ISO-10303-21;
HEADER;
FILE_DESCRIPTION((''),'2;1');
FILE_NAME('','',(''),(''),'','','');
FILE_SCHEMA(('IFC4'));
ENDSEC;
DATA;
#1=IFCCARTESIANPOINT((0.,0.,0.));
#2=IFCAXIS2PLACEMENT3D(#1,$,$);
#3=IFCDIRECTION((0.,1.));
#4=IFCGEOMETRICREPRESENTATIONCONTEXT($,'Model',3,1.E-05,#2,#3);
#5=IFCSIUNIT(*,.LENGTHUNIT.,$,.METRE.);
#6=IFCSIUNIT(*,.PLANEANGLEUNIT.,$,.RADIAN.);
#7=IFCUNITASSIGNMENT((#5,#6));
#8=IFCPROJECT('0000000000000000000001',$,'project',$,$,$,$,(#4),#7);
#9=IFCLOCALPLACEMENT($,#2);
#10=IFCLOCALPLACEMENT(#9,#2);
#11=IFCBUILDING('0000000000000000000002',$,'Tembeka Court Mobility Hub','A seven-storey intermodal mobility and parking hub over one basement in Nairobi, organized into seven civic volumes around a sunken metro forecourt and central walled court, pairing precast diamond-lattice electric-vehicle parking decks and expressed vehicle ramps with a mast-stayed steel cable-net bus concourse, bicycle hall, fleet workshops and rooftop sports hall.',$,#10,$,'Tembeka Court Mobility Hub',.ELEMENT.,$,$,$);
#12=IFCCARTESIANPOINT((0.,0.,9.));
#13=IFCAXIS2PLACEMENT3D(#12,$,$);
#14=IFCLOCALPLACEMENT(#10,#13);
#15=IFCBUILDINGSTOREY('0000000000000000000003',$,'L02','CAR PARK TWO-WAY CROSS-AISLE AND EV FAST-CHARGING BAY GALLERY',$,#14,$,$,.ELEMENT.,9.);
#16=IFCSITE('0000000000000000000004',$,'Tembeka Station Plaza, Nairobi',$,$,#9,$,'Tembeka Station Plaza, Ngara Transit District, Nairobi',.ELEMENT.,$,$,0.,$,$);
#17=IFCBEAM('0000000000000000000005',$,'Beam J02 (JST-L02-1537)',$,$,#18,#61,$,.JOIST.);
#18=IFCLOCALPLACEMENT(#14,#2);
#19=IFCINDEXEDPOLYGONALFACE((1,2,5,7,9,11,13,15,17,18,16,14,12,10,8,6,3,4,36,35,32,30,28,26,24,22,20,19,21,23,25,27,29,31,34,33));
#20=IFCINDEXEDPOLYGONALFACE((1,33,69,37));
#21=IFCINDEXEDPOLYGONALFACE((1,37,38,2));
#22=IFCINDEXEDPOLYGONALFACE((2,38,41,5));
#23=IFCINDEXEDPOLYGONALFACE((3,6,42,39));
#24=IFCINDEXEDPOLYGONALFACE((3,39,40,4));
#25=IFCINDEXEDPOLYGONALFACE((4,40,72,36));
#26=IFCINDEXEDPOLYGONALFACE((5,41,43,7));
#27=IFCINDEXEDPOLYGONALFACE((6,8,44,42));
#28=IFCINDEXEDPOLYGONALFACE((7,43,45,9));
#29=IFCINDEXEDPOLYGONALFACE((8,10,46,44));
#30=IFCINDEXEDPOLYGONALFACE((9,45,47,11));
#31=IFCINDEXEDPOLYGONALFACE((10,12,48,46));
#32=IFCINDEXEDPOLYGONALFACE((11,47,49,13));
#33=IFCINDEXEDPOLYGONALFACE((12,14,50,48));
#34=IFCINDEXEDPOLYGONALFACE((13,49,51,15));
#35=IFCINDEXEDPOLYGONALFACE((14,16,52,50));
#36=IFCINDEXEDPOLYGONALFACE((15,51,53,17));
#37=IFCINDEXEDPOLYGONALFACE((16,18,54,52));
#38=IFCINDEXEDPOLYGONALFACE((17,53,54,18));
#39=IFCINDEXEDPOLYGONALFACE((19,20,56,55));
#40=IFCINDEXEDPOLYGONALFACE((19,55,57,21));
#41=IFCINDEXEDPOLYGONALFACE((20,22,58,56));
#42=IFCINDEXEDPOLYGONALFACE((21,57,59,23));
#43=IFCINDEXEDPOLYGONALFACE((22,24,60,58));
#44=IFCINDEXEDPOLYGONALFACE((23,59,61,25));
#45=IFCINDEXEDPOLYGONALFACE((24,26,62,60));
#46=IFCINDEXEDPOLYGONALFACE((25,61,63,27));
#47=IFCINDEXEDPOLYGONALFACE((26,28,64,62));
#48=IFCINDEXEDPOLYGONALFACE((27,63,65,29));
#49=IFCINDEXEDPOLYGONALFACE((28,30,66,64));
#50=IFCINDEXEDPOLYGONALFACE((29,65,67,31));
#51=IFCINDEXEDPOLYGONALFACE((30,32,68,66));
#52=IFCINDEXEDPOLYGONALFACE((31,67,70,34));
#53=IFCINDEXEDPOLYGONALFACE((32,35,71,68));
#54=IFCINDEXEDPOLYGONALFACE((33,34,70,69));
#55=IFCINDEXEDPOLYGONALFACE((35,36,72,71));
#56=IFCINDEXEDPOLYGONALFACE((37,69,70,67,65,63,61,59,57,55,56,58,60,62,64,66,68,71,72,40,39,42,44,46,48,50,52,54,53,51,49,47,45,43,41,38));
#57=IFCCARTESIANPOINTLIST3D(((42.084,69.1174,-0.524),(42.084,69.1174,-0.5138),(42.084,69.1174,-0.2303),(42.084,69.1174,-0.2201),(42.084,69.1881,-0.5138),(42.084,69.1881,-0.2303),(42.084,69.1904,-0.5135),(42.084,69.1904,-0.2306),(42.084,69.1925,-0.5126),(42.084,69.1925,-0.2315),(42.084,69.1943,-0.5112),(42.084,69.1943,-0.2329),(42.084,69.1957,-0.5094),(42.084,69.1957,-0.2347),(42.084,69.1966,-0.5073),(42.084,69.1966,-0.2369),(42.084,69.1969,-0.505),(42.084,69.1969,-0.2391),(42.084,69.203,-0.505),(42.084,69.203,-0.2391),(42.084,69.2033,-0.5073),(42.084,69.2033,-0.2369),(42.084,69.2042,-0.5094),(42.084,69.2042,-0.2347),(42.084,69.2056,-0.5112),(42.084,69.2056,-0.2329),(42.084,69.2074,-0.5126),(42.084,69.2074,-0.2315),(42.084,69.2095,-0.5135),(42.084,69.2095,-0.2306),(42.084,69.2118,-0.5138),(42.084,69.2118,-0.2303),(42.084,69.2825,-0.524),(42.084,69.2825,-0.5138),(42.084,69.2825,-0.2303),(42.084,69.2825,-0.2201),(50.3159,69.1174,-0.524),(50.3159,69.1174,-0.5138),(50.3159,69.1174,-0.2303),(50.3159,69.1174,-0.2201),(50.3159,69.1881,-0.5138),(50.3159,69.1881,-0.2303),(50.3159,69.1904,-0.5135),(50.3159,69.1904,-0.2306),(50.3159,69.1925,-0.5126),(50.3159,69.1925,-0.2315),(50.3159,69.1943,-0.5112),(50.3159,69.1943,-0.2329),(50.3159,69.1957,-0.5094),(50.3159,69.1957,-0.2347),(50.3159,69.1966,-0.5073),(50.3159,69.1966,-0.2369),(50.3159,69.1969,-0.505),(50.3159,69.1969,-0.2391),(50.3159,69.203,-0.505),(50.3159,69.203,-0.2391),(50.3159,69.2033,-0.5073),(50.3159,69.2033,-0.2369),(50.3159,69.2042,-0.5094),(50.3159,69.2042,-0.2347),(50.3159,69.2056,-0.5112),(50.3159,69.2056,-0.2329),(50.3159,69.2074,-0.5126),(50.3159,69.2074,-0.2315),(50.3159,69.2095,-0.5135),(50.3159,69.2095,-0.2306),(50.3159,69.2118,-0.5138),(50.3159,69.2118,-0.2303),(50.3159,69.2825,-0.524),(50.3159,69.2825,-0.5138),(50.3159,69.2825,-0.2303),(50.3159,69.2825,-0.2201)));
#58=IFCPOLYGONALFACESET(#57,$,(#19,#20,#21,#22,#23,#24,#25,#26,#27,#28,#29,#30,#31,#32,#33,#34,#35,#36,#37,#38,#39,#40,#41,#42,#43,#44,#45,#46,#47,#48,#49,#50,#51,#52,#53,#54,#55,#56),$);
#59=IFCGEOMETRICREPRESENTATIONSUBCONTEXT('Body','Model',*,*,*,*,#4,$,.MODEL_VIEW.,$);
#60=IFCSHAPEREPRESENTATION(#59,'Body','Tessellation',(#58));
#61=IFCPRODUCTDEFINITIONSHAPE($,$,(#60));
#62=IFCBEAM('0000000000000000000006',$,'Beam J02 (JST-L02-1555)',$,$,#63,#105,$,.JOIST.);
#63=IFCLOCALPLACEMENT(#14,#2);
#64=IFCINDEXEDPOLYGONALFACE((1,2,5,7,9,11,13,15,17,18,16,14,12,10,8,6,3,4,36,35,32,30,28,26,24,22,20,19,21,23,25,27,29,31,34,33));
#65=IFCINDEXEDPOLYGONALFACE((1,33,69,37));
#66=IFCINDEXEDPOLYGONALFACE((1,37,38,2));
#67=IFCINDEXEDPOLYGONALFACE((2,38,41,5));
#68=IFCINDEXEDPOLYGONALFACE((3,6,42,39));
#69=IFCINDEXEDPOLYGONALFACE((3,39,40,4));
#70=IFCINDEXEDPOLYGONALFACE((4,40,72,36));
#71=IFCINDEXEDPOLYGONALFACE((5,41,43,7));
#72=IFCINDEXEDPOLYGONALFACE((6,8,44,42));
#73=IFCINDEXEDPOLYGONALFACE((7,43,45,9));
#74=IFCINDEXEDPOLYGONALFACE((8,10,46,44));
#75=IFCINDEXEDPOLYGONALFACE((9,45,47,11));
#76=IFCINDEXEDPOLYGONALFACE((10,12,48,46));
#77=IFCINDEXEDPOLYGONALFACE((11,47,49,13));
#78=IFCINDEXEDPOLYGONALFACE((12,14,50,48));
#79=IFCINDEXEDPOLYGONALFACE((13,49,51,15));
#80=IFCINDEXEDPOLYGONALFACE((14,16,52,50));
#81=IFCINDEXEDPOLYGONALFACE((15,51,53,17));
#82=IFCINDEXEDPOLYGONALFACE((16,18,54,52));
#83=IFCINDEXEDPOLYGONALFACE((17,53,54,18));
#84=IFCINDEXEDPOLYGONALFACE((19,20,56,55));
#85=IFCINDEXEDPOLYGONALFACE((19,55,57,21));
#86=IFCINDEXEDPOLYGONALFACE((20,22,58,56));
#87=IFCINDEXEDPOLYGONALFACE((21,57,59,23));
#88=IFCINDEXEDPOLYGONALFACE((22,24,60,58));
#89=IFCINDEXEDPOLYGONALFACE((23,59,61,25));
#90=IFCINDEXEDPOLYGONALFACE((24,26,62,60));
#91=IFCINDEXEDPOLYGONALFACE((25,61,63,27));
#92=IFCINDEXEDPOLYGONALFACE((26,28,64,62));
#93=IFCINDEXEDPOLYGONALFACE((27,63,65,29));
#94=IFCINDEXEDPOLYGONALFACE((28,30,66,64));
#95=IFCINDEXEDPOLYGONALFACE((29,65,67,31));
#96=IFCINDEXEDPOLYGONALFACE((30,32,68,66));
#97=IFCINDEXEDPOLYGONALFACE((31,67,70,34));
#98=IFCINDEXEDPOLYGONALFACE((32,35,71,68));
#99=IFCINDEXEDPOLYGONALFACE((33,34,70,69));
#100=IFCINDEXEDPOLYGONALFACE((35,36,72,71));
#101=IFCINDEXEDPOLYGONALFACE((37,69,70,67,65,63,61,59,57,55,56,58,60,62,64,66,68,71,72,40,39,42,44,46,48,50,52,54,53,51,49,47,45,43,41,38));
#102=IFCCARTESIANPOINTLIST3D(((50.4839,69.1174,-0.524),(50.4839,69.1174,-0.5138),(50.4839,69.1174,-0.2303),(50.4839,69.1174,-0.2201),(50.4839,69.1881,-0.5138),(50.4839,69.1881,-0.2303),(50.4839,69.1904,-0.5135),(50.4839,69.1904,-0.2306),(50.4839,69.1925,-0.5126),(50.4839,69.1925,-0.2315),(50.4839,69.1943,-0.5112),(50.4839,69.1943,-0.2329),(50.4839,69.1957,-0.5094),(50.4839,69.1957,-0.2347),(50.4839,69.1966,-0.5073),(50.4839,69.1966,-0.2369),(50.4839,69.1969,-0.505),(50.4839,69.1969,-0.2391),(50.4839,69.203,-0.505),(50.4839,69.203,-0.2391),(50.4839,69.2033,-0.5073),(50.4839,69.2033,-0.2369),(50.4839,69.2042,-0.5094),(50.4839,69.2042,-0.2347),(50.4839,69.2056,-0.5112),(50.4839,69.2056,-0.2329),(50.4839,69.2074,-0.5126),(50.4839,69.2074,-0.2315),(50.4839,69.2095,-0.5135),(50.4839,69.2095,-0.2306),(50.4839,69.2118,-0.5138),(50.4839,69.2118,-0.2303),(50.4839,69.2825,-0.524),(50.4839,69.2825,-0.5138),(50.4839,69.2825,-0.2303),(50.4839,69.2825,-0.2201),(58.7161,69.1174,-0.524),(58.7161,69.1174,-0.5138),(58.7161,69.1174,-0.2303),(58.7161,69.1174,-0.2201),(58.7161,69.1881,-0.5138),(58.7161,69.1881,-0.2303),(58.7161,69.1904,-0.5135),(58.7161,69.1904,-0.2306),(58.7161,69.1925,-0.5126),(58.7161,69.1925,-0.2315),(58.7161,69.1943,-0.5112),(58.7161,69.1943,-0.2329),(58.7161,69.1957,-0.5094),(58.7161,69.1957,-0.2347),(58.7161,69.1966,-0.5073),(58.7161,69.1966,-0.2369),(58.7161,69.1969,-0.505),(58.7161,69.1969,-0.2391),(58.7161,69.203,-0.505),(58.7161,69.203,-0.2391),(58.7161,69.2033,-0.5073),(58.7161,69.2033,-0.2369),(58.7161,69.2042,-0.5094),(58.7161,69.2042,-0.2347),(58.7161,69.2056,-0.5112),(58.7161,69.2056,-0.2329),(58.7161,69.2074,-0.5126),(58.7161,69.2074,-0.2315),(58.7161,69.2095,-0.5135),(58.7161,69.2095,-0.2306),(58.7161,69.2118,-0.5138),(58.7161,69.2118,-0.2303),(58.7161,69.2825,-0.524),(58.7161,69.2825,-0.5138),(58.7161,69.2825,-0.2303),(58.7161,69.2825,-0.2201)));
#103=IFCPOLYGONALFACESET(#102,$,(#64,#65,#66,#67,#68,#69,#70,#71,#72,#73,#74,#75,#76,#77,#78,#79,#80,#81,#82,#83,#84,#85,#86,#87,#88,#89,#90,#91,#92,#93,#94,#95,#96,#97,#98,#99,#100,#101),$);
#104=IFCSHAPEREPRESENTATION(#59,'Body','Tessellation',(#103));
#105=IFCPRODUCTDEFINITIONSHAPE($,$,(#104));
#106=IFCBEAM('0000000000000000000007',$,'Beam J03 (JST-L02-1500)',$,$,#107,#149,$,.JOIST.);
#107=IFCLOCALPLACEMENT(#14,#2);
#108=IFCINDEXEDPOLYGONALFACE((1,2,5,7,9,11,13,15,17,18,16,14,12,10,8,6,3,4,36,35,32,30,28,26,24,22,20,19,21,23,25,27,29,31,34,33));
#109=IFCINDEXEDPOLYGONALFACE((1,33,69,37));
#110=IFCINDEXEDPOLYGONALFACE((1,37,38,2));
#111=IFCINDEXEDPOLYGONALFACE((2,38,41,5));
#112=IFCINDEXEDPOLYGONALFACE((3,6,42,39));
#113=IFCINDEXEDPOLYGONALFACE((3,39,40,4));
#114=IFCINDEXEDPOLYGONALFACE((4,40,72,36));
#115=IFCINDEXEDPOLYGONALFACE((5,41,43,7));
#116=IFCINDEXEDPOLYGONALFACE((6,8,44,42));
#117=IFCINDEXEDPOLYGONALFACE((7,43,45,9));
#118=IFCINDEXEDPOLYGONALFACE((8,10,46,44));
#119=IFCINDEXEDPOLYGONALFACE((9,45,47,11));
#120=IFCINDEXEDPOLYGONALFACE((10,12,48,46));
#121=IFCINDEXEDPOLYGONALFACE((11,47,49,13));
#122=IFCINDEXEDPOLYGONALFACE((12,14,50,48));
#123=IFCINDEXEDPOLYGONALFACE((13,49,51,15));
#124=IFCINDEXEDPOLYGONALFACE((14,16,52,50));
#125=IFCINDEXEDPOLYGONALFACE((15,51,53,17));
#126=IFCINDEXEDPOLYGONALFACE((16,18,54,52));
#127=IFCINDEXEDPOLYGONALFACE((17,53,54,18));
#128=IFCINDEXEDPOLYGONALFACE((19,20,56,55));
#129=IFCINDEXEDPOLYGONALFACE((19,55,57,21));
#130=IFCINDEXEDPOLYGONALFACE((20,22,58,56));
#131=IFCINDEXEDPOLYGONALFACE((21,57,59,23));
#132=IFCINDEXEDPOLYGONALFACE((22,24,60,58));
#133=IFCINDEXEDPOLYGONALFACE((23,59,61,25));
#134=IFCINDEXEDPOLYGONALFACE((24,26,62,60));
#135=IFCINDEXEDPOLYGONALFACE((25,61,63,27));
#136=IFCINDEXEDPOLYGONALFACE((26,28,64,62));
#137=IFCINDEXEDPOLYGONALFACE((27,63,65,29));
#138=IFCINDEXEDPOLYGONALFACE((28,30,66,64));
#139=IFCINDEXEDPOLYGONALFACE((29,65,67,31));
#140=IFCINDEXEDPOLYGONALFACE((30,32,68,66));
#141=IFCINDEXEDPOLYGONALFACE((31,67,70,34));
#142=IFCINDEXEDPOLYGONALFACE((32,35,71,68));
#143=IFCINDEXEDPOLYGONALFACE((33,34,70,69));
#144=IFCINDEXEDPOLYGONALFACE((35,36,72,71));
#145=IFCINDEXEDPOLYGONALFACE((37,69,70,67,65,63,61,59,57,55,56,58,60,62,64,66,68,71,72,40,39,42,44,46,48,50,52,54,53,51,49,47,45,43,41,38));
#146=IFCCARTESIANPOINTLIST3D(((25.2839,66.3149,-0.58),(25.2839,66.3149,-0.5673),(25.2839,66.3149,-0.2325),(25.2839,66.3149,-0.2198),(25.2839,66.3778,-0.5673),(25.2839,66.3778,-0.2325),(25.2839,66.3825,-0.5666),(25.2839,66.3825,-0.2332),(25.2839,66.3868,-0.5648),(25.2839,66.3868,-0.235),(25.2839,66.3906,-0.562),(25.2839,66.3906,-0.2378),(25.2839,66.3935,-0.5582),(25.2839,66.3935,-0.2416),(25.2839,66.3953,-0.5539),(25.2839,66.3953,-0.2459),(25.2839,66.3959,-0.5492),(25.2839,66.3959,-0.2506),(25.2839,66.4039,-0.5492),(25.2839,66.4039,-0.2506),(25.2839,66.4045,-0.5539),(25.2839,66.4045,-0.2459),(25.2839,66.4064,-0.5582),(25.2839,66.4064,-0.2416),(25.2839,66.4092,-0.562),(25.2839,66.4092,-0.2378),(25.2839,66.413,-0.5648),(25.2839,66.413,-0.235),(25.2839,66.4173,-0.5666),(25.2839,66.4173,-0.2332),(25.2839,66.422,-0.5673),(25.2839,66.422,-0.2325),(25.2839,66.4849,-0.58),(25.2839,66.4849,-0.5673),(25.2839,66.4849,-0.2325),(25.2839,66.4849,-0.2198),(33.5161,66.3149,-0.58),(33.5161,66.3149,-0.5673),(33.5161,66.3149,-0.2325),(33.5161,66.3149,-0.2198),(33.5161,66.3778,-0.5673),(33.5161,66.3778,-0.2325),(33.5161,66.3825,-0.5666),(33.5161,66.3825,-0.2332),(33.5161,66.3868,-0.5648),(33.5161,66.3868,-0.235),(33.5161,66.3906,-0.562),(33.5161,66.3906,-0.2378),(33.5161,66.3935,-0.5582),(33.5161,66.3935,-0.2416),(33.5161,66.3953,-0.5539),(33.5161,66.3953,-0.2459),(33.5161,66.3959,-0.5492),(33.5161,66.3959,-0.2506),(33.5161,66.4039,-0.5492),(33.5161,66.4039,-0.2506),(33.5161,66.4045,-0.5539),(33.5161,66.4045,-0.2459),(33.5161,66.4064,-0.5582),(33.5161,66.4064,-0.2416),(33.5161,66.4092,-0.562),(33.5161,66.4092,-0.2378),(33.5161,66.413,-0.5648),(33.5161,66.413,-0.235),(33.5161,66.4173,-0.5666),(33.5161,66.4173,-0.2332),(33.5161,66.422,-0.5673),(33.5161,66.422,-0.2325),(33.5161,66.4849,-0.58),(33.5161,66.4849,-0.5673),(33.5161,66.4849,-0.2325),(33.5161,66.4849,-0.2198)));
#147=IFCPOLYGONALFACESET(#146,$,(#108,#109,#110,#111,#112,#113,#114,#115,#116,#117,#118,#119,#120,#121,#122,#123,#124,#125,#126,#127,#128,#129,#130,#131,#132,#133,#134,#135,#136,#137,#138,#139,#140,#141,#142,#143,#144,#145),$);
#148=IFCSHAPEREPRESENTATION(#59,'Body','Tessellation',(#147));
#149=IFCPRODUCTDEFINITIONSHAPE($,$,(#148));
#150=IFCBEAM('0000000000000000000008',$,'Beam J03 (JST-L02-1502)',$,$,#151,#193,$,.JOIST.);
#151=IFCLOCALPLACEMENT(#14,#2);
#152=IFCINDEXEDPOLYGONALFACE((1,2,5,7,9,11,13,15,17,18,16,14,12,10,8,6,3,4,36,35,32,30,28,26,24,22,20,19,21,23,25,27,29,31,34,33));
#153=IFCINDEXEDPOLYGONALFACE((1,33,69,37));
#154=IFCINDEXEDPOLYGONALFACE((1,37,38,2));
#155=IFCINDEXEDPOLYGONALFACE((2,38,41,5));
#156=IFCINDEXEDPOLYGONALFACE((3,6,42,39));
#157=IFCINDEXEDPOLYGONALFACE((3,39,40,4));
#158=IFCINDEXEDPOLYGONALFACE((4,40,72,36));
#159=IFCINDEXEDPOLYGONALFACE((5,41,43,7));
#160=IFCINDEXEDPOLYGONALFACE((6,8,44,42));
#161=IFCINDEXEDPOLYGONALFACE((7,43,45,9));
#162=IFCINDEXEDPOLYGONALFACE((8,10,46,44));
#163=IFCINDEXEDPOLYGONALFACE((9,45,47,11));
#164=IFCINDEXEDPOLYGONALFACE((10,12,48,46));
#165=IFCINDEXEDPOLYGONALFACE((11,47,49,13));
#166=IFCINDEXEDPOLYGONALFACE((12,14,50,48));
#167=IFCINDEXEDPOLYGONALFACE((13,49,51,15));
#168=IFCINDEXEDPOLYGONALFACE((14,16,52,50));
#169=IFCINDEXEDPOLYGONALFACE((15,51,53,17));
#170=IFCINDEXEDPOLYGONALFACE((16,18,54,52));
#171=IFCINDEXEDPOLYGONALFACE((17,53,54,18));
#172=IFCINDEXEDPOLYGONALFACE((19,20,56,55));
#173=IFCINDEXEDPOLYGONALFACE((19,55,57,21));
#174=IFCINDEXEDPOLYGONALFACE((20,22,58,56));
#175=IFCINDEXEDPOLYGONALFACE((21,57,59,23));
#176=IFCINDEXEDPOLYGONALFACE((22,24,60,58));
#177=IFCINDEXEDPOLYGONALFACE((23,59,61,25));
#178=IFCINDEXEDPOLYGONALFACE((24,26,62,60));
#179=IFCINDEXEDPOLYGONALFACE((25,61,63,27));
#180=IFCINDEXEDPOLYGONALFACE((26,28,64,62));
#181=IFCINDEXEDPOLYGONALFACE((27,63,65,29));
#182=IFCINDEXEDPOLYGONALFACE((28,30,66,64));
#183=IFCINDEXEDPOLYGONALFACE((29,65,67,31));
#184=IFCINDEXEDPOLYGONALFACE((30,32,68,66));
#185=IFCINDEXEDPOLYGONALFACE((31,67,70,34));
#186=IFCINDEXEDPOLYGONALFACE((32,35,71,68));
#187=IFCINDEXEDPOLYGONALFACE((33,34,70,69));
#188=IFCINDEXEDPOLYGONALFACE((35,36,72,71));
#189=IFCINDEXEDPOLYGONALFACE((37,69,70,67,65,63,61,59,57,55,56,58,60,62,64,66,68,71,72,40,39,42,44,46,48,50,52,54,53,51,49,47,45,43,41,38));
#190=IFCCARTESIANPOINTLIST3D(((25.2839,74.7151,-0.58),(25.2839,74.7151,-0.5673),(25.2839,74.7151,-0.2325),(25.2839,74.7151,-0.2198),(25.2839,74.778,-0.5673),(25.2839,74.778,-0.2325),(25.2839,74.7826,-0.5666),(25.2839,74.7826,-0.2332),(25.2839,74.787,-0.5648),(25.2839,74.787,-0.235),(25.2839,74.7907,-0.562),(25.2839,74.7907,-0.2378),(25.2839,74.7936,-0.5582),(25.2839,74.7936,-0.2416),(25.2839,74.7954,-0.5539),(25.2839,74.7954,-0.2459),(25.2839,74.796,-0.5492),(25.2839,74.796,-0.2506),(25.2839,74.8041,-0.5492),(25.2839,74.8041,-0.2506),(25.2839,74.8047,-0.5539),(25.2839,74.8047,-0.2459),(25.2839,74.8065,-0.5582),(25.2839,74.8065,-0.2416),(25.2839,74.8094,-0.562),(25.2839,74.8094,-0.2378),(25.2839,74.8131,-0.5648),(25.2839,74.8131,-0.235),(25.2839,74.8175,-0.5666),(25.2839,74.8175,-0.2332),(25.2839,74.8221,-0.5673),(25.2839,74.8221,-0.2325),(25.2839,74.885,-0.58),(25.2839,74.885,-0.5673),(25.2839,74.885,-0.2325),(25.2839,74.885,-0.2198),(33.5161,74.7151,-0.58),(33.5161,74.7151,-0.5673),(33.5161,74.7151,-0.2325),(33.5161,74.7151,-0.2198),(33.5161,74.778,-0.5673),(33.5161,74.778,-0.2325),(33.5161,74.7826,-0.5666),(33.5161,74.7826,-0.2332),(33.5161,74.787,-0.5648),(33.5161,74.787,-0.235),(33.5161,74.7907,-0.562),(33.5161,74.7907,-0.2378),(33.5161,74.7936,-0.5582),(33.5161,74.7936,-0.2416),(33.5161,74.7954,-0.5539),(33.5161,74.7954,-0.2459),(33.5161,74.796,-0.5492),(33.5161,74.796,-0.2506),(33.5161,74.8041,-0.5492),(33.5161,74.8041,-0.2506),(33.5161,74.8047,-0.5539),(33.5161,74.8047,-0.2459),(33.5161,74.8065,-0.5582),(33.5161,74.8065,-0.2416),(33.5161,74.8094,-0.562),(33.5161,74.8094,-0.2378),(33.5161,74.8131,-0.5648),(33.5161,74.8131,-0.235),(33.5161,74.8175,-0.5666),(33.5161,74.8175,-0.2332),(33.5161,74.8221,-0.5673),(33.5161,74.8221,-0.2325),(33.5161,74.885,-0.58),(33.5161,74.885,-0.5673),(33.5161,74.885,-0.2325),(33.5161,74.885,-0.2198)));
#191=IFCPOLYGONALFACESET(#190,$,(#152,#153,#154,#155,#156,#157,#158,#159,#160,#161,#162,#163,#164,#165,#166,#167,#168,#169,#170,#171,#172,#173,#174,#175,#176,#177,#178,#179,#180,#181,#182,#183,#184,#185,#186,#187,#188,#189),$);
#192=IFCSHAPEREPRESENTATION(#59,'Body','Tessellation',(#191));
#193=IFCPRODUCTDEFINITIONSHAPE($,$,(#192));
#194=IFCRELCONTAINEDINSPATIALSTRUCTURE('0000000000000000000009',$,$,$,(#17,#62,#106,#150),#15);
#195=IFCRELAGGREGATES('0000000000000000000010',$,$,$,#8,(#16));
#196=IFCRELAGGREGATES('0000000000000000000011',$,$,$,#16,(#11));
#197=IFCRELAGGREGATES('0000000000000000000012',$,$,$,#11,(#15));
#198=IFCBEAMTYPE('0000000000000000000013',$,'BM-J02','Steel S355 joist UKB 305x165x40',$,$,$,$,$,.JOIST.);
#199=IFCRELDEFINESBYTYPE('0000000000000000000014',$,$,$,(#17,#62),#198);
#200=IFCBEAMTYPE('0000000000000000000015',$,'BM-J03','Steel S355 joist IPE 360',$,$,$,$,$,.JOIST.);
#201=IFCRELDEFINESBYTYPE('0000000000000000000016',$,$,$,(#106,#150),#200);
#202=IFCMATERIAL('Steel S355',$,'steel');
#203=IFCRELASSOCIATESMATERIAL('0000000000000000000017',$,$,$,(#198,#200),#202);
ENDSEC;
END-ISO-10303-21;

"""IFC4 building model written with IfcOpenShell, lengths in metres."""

from ifc_helpers import new_model, si_unit, direction, frame, origin, origin_2d, place, context, subcontext, project, spatial, i_section, extrude, material, material_profile, profile_set, type_object, element, save


model = new_model("IFC4")

# Units and contexts
model_context = context("Model", 3, precision=1e-05, world=origin(), true_north=direction((0.0, 1.0)))
body_context = subcontext(model_context, "Body", "Model", "MODEL_VIEW")
ifc_project = project(units=[si_unit("LENGTHUNIT", "METRE"), si_unit("PLANEANGLEUNIT", "RADIAN")], contexts=[model_context])

# Site, building, storey
site_placement = place(None, origin())
site = spatial("IfcSite", under=ifc_project, at=site_placement, Name="Tembeka Station Plaza, Nairobi", LongName="Tembeka Station Plaza, Ngara Transit District, Nairobi", CompositionType="ELEMENT", RefElevation=0.0)
building_placement = place(site_placement, origin())
building = spatial("IfcBuilding", under=site, at=building_placement, Name="Tembeka Court Mobility Hub", Description="A seven-storey intermodal mobility and parking hub over one basement in Nairobi, organized into seven civic volumes around a sunken metro forecourt and central walled court, pairing precast diamond-lattice electric-vehicle parking decks and expressed vehicle ramps with a mast-stayed steel cable-net bus concourse, bicycle hall, fleet workshops and rooftop sports hall.", LongName="Tembeka Court Mobility Hub", CompositionType="ELEMENT")
storey_placement = place(building_placement, frame((0.0, 0.0, 9.0)))
storey = spatial("IfcBuildingStorey", under=building, at=storey_placement, Name="L02", Description="CAR PARK TWO-WAY CROSS-AISLE AND EV FAST-CHARGING BAY GALLERY", CompositionType="ELEMENT", Elevation=9.0)

# Shared definitions
ifc_material = material(Name="Steel S355", Category="steel")

# Beams
ifc_material_profile_1 = material_profile(ifc_material, i_section(OverallWidth=0.165, OverallDepth=0.304, WebThickness=0.0061, FlangeThickness=0.0103, FilletRadius=0.0088, at=origin_2d()), Name="UKB 305x165x40")
ifc_profile_set_1 = profile_set([ifc_material_profile_1], Name="Steel S355")
beam_type_1 = type_object("IfcBeamType", Name="BM-J02", Description="Steel S355 joist UKB 305x165x40", PredefinedType="JOIST", material=ifc_profile_set_1)
for number, where, z_axis, x_axis, name in (
    (1, (42.084, 69.2, -0.3721), (1.0, 0.0, 0.0), (0.0, 1.0, 0.0), "Beam J02 (JST-L02-1537)"),
):
    element("IfcBeam", number, at=place(storey_placement, frame(where, z_axis=z_axis, x_axis=x_axis)), inside=storey, type_object=beam_type_1, Name=name, PredefinedType="JOIST", context=body_context, shape_type="SweptSolid", body=[
        extrude(i_section(OverallWidth=0.165, OverallDepth=0.304, WebThickness=0.0061, FlangeThickness=0.0103, FilletRadius=0.0088, at=origin_2d()), origin(), (0.0, 0.0, 1.0), 8.2319),
    ])
beam_1_placement = place(storey_placement, frame((50.4839, 69.2, -0.3721), z_axis=(1.0, 0.0, 0.0), x_axis=(0.0, 1.0, 0.0)))
element("IfcBeam", 2, at=beam_1_placement, inside=storey, type_object=beam_type_1, Name="Beam J02 (JST-L02-1555)", PredefinedType="JOIST", context=body_context, shape_type="SweptSolid", body=[
    extrude(i_section(OverallWidth=0.165, OverallDepth=0.304, WebThickness=0.0061, FlangeThickness=0.0103, FilletRadius=0.0088, at=origin_2d()), origin(), (0.0, 0.0, 1.0), 8.2322),
])
ifc_material_profile_2 = material_profile(ifc_material, i_section(OverallWidth=0.1699, OverallDepth=0.3601, WebThickness=0.0081, FlangeThickness=0.0127, FilletRadius=0.0181, at=origin_2d()), Name="IPE 360")
ifc_profile_set_2 = profile_set([ifc_material_profile_2], Name="Steel S355")
beam_type_2 = type_object("IfcBeamType", Name="BM-J03", Description="Steel S355 joist IPE 360", PredefinedType="JOIST", material=ifc_profile_set_2)
for number, where, z_axis, x_axis, name in (
    (3, (25.2839, 66.3999, -0.3999), (1.0, 0.0, 0.0), (0.0, 1.0, 0.0), "Beam J03 (JST-L02-1500)"),
    (4, (25.2839, 74.8, -0.3999), (1.0, 0.0, 0.0), (0.0, 1.0, 0.0), "Beam J03 (JST-L02-1502)"),
):
    element("IfcBeam", number, at=place(storey_placement, frame(where, z_axis=z_axis, x_axis=x_axis)), inside=storey, type_object=beam_type_2, Name=name, PredefinedType="JOIST", context=body_context, shape_type="SweptSolid", body=[
        extrude(i_section(OverallWidth=0.1699, OverallDepth=0.3601, WebThickness=0.0081, FlangeThickness=0.0127, FilletRadius=0.0181, at=origin_2d()), origin(), (0.0, 0.0, 1.0), 8.2322),
    ])

save(model, "model.ifc")
